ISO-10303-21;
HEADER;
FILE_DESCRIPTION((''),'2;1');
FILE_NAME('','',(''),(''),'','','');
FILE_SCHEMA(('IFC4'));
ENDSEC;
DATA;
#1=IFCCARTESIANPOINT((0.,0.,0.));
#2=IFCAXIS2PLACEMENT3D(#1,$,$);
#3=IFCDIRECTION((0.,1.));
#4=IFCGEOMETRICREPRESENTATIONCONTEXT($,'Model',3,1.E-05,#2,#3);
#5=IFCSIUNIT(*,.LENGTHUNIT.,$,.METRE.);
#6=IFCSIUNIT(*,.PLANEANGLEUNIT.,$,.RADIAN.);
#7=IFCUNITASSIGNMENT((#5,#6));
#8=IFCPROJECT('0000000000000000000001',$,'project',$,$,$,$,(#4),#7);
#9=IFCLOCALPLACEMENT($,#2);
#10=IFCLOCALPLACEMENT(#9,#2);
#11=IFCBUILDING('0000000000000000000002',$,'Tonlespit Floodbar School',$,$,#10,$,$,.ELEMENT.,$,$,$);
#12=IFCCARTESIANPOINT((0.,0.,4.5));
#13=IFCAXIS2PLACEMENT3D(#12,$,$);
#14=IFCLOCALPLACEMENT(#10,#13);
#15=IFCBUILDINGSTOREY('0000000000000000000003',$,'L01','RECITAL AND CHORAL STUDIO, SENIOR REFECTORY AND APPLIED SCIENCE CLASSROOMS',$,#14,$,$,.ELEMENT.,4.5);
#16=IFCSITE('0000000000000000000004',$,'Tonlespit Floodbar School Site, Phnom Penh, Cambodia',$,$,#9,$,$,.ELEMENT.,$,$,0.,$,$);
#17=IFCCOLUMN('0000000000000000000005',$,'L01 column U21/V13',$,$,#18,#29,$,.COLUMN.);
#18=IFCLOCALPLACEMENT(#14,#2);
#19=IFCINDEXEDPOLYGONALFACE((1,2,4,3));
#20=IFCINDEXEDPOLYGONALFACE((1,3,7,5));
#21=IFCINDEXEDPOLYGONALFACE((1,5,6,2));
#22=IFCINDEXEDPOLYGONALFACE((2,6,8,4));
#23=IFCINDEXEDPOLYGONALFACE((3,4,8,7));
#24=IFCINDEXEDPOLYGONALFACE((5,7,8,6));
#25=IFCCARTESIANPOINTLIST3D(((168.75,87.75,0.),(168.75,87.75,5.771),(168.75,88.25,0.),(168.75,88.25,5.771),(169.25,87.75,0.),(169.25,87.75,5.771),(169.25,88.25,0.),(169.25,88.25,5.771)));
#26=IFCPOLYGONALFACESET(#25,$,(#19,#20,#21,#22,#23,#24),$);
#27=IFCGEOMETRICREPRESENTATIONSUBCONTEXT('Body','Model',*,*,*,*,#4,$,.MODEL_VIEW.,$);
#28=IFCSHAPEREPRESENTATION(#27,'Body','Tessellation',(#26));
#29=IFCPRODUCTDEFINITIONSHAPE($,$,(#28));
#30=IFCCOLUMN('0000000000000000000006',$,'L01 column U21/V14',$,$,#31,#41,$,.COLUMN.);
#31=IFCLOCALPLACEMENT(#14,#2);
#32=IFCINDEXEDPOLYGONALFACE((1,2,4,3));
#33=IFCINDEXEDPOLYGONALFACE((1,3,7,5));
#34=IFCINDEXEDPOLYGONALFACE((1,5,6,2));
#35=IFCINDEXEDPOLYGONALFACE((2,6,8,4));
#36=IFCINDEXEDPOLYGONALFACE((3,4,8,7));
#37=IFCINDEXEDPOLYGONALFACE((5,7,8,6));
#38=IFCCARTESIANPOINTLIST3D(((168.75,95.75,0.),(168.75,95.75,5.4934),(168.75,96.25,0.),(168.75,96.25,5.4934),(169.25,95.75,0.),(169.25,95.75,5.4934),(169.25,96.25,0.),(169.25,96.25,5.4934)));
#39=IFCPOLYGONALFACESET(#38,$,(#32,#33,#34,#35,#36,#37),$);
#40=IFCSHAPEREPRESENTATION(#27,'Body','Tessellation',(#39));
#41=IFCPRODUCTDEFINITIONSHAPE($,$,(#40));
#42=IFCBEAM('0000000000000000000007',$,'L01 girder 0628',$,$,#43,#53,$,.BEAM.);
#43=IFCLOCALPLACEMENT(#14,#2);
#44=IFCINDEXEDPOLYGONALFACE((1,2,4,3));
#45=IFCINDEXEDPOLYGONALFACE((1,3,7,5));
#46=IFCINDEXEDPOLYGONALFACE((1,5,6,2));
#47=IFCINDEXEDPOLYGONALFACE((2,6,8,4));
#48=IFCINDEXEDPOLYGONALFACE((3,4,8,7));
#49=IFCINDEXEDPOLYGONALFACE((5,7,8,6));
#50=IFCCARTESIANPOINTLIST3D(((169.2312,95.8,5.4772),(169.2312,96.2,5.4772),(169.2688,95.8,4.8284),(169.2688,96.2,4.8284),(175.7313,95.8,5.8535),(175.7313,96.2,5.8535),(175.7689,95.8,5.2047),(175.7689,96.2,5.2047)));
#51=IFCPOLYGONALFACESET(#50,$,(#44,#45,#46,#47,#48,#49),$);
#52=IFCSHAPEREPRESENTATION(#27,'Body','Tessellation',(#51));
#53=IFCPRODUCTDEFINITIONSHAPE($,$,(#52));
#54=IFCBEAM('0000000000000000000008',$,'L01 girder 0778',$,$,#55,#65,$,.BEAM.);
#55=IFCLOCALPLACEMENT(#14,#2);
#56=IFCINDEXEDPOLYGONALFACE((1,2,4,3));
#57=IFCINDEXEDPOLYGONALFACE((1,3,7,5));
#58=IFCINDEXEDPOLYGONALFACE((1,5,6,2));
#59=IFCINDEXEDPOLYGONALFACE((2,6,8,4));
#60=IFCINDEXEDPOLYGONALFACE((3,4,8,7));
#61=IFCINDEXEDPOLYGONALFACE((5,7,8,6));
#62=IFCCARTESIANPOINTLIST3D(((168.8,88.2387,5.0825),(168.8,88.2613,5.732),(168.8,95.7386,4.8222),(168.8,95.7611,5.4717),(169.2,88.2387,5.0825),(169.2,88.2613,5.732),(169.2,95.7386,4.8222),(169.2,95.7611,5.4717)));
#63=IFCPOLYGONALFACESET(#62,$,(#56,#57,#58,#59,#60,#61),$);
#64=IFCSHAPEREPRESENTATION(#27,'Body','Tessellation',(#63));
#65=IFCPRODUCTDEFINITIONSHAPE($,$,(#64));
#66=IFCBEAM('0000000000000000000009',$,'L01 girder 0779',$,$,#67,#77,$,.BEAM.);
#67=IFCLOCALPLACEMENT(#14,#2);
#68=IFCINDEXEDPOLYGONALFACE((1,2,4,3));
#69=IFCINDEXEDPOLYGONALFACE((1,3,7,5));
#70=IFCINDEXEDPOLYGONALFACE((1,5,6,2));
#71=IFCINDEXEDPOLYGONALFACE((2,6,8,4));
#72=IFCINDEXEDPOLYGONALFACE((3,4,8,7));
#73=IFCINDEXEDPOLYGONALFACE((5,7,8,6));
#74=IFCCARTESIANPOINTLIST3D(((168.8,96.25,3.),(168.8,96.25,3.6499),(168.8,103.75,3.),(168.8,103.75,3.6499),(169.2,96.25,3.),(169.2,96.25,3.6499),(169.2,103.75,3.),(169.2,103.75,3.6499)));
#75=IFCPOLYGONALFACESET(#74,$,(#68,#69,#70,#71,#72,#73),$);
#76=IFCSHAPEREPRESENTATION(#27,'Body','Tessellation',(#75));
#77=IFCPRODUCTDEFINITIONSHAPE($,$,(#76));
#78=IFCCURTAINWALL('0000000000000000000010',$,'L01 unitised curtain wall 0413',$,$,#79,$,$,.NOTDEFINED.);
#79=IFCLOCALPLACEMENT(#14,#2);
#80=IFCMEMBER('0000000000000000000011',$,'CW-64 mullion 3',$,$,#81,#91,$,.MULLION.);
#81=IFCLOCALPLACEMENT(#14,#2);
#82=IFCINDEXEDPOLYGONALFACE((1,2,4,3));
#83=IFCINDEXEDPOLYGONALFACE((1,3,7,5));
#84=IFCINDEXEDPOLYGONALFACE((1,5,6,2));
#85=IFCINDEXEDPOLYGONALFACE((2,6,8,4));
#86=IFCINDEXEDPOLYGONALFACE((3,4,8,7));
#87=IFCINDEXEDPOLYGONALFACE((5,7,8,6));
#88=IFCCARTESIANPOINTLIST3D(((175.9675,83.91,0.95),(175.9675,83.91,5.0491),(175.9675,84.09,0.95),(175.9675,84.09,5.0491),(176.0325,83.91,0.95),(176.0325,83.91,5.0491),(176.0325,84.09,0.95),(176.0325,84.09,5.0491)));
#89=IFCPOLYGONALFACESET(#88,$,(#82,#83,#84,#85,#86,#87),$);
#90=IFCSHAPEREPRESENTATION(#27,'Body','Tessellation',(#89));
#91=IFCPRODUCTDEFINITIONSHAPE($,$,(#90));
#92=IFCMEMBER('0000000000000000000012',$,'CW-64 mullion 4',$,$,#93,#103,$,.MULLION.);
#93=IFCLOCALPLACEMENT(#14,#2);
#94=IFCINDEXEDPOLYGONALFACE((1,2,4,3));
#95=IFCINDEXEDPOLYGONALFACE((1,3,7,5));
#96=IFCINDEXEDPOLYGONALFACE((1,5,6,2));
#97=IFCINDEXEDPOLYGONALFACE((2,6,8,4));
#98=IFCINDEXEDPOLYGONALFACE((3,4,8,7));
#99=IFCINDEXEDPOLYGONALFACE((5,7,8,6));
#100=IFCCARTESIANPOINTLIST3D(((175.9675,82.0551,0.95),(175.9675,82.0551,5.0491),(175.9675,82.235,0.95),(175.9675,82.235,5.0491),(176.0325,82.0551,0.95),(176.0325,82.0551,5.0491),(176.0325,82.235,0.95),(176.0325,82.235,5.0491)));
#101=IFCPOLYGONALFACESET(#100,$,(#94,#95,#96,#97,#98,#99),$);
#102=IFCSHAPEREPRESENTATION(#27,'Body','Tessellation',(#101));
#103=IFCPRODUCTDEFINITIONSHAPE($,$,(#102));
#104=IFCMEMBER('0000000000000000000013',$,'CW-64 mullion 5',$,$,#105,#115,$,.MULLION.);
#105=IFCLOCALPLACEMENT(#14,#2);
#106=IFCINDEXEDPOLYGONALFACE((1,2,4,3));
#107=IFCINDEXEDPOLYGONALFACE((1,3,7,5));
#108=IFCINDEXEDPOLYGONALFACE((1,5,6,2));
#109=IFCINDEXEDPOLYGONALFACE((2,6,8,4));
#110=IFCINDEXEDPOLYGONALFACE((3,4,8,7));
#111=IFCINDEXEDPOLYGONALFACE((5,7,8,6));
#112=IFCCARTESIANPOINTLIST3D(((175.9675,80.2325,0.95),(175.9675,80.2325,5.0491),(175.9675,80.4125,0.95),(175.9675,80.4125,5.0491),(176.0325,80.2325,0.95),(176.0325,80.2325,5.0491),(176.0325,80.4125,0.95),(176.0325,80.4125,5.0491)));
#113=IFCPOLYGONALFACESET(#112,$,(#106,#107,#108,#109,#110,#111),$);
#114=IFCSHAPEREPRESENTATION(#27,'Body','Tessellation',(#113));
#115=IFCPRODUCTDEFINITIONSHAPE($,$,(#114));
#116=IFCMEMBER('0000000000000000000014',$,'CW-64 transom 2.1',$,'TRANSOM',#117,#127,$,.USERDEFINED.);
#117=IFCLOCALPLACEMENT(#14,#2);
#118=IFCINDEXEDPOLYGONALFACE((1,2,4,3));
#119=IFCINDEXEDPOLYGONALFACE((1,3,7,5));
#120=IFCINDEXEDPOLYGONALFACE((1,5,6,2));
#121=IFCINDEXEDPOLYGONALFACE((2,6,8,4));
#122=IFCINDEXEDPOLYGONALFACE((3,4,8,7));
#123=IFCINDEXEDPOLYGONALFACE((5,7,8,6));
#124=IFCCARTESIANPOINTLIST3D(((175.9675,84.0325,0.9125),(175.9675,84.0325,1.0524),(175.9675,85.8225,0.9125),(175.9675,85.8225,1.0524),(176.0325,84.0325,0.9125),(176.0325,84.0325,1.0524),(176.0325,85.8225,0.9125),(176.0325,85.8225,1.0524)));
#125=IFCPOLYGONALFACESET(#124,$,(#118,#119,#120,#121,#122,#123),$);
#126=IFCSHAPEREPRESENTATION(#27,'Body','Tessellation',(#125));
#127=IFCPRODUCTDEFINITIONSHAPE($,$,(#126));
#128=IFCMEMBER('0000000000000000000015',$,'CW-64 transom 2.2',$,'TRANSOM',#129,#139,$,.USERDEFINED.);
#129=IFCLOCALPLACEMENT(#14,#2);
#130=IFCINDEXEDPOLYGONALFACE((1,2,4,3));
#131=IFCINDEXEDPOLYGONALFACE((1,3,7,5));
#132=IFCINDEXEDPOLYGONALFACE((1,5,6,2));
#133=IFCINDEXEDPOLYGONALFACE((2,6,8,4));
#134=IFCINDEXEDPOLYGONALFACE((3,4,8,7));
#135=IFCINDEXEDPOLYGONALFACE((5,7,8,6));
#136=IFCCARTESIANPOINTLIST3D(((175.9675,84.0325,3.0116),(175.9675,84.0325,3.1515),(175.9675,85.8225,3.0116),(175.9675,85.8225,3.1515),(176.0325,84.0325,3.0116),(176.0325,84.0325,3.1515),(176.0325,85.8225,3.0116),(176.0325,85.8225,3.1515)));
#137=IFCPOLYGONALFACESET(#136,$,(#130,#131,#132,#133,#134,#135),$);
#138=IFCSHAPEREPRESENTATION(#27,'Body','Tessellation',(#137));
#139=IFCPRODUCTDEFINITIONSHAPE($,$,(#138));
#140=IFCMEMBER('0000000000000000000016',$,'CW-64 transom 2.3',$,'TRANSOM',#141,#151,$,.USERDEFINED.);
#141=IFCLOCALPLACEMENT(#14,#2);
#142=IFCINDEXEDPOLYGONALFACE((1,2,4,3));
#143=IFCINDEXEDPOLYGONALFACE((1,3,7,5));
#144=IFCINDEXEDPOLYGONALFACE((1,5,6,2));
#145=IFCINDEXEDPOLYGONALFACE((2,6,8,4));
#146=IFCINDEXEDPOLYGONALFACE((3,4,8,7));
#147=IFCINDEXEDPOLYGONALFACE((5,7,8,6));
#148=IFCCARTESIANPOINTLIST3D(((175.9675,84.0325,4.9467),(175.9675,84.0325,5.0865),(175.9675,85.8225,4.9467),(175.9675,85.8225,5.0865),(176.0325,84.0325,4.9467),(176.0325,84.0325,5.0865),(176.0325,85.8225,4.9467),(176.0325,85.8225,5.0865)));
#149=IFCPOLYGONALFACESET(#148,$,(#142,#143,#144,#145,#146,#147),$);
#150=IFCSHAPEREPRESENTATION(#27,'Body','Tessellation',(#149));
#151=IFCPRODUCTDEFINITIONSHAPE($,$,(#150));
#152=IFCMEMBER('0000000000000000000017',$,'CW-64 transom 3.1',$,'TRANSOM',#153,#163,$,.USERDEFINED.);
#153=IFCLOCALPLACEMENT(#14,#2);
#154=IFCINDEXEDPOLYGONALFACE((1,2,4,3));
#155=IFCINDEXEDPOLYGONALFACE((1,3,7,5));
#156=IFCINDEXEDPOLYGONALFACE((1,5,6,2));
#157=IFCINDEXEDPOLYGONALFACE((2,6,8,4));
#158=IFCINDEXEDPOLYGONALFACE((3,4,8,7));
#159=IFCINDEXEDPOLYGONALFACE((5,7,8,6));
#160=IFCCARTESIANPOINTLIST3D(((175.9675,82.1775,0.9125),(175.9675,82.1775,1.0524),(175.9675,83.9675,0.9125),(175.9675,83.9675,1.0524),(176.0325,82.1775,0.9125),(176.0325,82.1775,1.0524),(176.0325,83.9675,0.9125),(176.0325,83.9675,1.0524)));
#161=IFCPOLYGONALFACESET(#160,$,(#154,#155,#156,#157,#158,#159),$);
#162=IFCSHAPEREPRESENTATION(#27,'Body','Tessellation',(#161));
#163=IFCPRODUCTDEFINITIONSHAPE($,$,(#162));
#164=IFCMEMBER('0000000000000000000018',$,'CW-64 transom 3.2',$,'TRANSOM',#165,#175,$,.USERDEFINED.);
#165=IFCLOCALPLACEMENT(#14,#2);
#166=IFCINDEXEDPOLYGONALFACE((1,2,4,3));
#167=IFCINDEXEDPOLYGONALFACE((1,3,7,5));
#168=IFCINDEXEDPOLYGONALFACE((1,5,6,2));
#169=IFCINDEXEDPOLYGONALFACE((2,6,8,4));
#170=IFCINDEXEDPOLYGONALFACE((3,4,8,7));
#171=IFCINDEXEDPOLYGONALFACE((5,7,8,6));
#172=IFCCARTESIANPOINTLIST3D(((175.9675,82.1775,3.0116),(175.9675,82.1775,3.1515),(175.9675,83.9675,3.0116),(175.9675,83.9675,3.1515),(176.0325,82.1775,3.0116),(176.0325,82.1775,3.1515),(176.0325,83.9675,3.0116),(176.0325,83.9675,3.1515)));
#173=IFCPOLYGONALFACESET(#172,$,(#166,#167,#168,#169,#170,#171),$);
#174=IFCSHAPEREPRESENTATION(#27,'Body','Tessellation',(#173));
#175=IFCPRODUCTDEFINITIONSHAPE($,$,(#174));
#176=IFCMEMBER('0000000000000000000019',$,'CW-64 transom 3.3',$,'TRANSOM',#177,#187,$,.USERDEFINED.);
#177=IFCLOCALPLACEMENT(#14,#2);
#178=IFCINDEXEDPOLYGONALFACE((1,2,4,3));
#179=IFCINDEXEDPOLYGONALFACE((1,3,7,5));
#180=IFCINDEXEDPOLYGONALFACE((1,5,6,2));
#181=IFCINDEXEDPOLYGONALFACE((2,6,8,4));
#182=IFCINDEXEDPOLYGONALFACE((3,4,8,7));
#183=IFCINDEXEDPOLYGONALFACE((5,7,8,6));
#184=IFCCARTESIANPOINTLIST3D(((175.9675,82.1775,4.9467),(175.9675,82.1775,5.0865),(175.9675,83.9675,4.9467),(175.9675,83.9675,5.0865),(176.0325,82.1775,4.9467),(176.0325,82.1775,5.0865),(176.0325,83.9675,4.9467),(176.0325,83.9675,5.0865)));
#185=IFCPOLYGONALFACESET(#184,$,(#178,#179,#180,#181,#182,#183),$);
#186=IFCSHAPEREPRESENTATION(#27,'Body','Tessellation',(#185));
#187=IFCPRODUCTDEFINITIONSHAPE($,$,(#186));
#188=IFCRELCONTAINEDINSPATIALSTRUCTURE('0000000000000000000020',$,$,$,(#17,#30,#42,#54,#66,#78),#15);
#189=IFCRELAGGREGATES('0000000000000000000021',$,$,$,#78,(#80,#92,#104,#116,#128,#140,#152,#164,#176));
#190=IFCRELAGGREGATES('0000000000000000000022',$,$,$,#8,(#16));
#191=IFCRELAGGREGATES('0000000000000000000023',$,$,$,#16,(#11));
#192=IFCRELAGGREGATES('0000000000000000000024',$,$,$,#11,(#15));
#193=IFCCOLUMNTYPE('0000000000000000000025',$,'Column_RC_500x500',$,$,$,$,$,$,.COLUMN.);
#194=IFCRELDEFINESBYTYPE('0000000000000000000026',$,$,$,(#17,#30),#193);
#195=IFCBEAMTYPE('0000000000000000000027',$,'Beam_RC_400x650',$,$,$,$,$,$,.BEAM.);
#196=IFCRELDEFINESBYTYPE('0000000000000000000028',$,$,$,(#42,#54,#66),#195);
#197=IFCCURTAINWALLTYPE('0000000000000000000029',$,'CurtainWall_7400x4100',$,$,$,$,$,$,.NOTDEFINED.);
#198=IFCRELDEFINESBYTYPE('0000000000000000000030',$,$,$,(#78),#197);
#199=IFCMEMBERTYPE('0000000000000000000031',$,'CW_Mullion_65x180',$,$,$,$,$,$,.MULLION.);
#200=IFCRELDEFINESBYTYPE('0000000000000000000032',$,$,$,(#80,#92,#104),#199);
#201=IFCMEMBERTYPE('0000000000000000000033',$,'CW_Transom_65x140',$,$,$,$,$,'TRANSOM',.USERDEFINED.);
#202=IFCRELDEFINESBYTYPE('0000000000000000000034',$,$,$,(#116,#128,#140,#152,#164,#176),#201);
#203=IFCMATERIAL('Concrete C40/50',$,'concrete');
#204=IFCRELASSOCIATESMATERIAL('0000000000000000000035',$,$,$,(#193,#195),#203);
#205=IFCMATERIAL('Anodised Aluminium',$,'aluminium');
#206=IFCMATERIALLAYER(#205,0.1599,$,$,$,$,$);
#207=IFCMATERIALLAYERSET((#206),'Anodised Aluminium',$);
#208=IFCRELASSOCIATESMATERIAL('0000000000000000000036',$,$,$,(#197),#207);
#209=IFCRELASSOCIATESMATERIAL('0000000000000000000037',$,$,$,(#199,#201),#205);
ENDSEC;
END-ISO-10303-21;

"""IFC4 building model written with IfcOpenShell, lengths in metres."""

from ifc_helpers import new_model, si_unit, direction, frame, origin, origin_2d, place, context, subcontext, project, spatial, rectangle, extrude, material, layer, layer_set, material_profile, profile_set, type_object, element, aggregate, save


model = new_model("IFC4")

# Units and contexts
model_context = context("Model", 3, precision=1e-05, world=origin(), true_north=direction((0.0, 1.0)))
body_context = subcontext(model_context, "Body", "Model", "MODEL_VIEW")
ifc_project = project(units=[si_unit("LENGTHUNIT", "METRE"), si_unit("PLANEANGLEUNIT", "RADIAN")], contexts=[model_context])

# Site, building, storey
site_placement = place(None, origin())
site = spatial("IfcSite", under=ifc_project, at=site_placement, Name="Tonlespit Floodbar School Site, Phnom Penh, Cambodia", CompositionType="ELEMENT", RefElevation=0.0)
building_placement = place(site_placement, origin())
building = spatial("IfcBuilding", under=site, at=building_placement, Name="Tonlespit Floodbar School", CompositionType="ELEMENT")
storey_placement = place(building_placement, frame((0.0, 0.0, 4.5)))
storey = spatial("IfcBuildingStorey", under=building, at=storey_placement, Name="L01", Description="RECITAL AND CHORAL STUDIO, SENIOR REFECTORY AND APPLIED SCIENCE CLASSROOMS", CompositionType="ELEMENT", Elevation=4.5)

# Columns
ifc_material_1 = material(Name="Concrete C40/50", Category="concrete")
ifc_material_profile_1 = material_profile(ifc_material_1, rectangle(XDim=0.5, YDim=0.5, at=origin_2d()), Name="RC 500x500")
ifc_profile_set_1 = profile_set([ifc_material_profile_1], Name="Concrete C40/50")
column_type = type_object("IfcColumnType", Name="Column_RC_500x500", PredefinedType="COLUMN", material=ifc_profile_set_1)
column_1_placement = place(storey_placement, frame((169.0, 88.0, 0.0), z_axis=(0.0, 0.0, 1.0), x_axis=(1.0, 0.0, 0.0)))
element("IfcColumn", 1, at=column_1_placement, inside=storey, type_object=column_type, Name="L01 column U21/V13", PredefinedType="COLUMN", context=body_context, shape_type="SweptSolid", body=[
    extrude(rectangle(XDim=0.5, YDim=0.5, at=origin_2d()), origin(), (0.0, 0.0, 1.0), 5.771),
])
column_2_placement = place(storey_placement, frame((169.0, 96.0, 0.0), z_axis=(0.0, 0.0, 1.0), x_axis=(1.0, 0.0, 0.0)))
element("IfcColumn", 2, at=column_2_placement, inside=storey, type_object=column_type, Name="L01 column U21/V14", PredefinedType="COLUMN", context=body_context, shape_type="SweptSolid", body=[
    extrude(rectangle(XDim=0.5, YDim=0.5, at=origin_2d()), origin(), (0.0, 0.0, 1.0), 5.4934),
])

# Beams
ifc_material_profile_2 = material_profile(ifc_material_1, rectangle(XDim=0.3999, YDim=0.6499, at=origin_2d()), Name="RC 400x650")
ifc_profile_set_2 = profile_set([ifc_material_profile_2], Name="Concrete C40/50")
beam_type_1 = type_object("IfcBeamType", Name="Beam_RC_400x650", PredefinedType="BEAM", material=ifc_profile_set_2)
beam_1_placement = place(storey_placement, frame((169.25, 96.0, 5.1528), z_axis=(0.998329, 0.0, 0.057783), x_axis=(0.0, 1.0, 0.0)))
element("IfcBeam", 3, at=beam_1_placement, inside=storey, type_object=beam_type_1, Name="L01 girder 0628", PredefinedType="BEAM", context=body_context, shape_type="SweptSolid", body=[
    extrude(rectangle(XDim=0.3999, YDim=0.6499, at=origin_2d()), origin(), (0.0, 0.0, 1.0), 6.511),
])
beam_2_placement = place(storey_placement, frame((169.0, 88.25, 5.4072), z_axis=(0.0, 0.999398, -0.03468), x_axis=(-1.0, 0.0, 0.0)))
element("IfcBeam", 4, at=beam_2_placement, inside=storey, type_object=beam_type_1, Name="L01 girder 0778", PredefinedType="BEAM", context=body_context, shape_type="SweptSolid", body=[
    extrude(rectangle(XDim=0.3999, YDim=0.6499, at=origin_2d()), origin(), (0.0, 0.0, 1.0), 7.5044),
])
beam_3_placement = place(storey_placement, frame((169.0, 96.25, 3.325), z_axis=(0.0, 1.0, 0.0), x_axis=(-1.0, 0.0, 0.0)))
element("IfcBeam", 5, at=beam_3_placement, inside=storey, type_object=beam_type_1, Name="L01 girder 0779", PredefinedType="BEAM", context=body_context, shape_type="SweptSolid", body=[
    extrude(rectangle(XDim=0.3999, YDim=0.6499, at=origin_2d()), origin(), (0.0, 0.0, 1.0), 7.5),
])

# Curtain wall, members
ifc_material_2 = material(Name="Anodised Aluminium", Category="aluminium")
ifc_layer_1 = layer(ifc_material_2, 0.1599)
ifc_layer_set_1 = layer_set([ifc_layer_1], Name="Anodised Aluminium")
curtain_wall_type = type_object("IfcCurtainWallType", Name="CurtainWall_7400x4100", PredefinedType="NOTDEFINED", material=ifc_layer_set_1)
curtain_wall_placement = place(storey_placement, origin())
curtain_wall = element("IfcCurtainWall", 6, at=curtain_wall_placement, inside=storey, type_object=curtain_wall_type, Name="L01 unitised curtain wall 0413", PredefinedType="NOTDEFINED")
ifc_material_profile_3 = material_profile(ifc_material_2, rectangle(XDim=0.0649, YDim=0.1799, at=origin_2d()), Name="ALU M65x180")
ifc_profile_set_3 = profile_set([ifc_material_profile_3], Name="Anodised Aluminium")
member_type_1 = type_object("IfcMemberType", Name="CW_Mullion_65x180", PredefinedType="MULLION", material=ifc_profile_set_3)
member_1_placement = place(storey_placement, frame((176.0, 84.0, 0.95), z_axis=(0.0, 0.0, 1.0), x_axis=(1.0, 0.0, 0.0)))
member_1 = element("IfcMember", 7, at=member_1_placement, type_object=member_type_1, Name="CW-64 mullion 3", PredefinedType="MULLION", context=body_context, shape_type="SweptSolid", body=[
    extrude(rectangle(XDim=0.0649, YDim=0.1799, at=origin_2d()), origin(), (0.0, 0.0, 1.0), 4.0991),
])
member_2_placement = place(storey_placement, frame((176.0, 82.145, 0.95), z_axis=(0.0, 0.0, 1.0), x_axis=(1.0, 0.0, 0.0)))
member_2 = element("IfcMember", 8, at=member_2_placement, type_object=member_type_1, Name="CW-64 mullion 4", PredefinedType="MULLION", context=body_context, shape_type="SweptSolid", body=[
    extrude(rectangle(XDim=0.0649, YDim=0.1799, at=origin_2d()), origin(), (0.0, 0.0, 1.0), 4.0991),
])
member_3_placement = place(storey_placement, frame((176.0, 80.3225, 0.95), z_axis=(0.0, 0.0, 1.0), x_axis=(1.0, 0.0, 0.0)))
member_3 = element("IfcMember", 9, at=member_3_placement, type_object=member_type_1, Name="CW-64 mullion 5", PredefinedType="MULLION", context=body_context, shape_type="SweptSolid", body=[
    extrude(rectangle(XDim=0.0649, YDim=0.1799, at=origin_2d()), origin(), (0.0, 0.0, 1.0), 4.0991),
])
ifc_material_profile_4 = material_profile(ifc_material_2, rectangle(XDim=0.0649, YDim=0.1399, at=origin_2d()), Name="ALU T65x140")
ifc_profile_set_4 = profile_set([ifc_material_profile_4], Name="Anodised Aluminium")
member_type_2 = type_object("IfcMemberType", Name="CW_Transom_65x140", ElementType="TRANSOM", PredefinedType="USERDEFINED", material=ifc_profile_set_4)
member_4_placement = place(storey_placement, frame((176.0, 85.8225, 0.9824), z_axis=(0.0, -1.0, 0.0), x_axis=(1.0, 0.0, 0.0)))
member_4 = element("IfcMember", 10, at=member_4_placement, type_object=member_type_2, Name="CW-64 transom 2.1", ObjectType="TRANSOM", PredefinedType="USERDEFINED", context=body_context, shape_type="SweptSolid", body=[
    extrude(rectangle(XDim=0.0649, YDim=0.1399, at=origin_2d()), origin(), (0.0, 0.0, 1.0), 1.79),
])
member_5_placement = place(storey_placement, frame((176.0, 85.8225, 3.0815), z_axis=(0.0, -1.0, 0.0), x_axis=(1.0, 0.0, 0.0)))
member_5 = element("IfcMember", 11, at=member_5_placement, type_object=member_type_2, Name="CW-64 transom 2.2", ObjectType="TRANSOM", PredefinedType="USERDEFINED", context=body_context, shape_type="SweptSolid", body=[
    extrude(rectangle(XDim=0.0649, YDim=0.1399, at=origin_2d()), origin(), (0.0, 0.0, 1.0), 1.79),
])
member_6_placement = place(storey_placement, frame((176.0, 85.8225, 5.0166), z_axis=(0.0, -1.0, 0.0), x_axis=(1.0, 0.0, 0.0)))
member_6 = element("IfcMember", 12, at=member_6_placement, type_object=member_type_2, Name="CW-64 transom 2.3", ObjectType="TRANSOM", PredefinedType="USERDEFINED", context=body_context, shape_type="SweptSolid", body=[
    extrude(rectangle(XDim=0.0649, YDim=0.1399, at=origin_2d()), origin(), (0.0, 0.0, 1.0), 1.79),
])
member_7_placement = place(storey_placement, frame((176.0, 83.9675, 0.9824), z_axis=(0.0, -1.0, 0.0), x_axis=(1.0, 0.0, 0.0)))
member_7 = element("IfcMember", 13, at=member_7_placement, type_object=member_type_2, Name="CW-64 transom 3.1", ObjectType="TRANSOM", PredefinedType="USERDEFINED", context=body_context, shape_type="SweptSolid", body=[
    extrude(rectangle(XDim=0.0649, YDim=0.1399, at=origin_2d()), origin(), (0.0, 0.0, 1.0), 1.79),
])
member_8_placement = place(storey_placement, frame((176.0, 83.9675, 3.0815), z_axis=(0.0, -1.0, 0.0), x_axis=(1.0, 0.0, 0.0)))
member_8 = element("IfcMember", 14, at=member_8_placement, type_object=member_type_2, Name="CW-64 transom 3.2", ObjectType="TRANSOM", PredefinedType="USERDEFINED", context=body_context, shape_type="SweptSolid", body=[
    extrude(rectangle(XDim=0.0649, YDim=0.1399, at=origin_2d()), origin(), (0.0, 0.0, 1.0), 1.79),
])
member_9_placement = place(storey_placement, frame((176.0, 83.9675, 5.0166), z_axis=(0.0, -1.0, 0.0), x_axis=(1.0, 0.0, 0.0)))
member_9 = element("IfcMember", 15, at=member_9_placement, type_object=member_type_2, Name="CW-64 transom 3.3", ObjectType="TRANSOM", PredefinedType="USERDEFINED", context=body_context, shape_type="SweptSolid", body=[
    extrude(rectangle(XDim=0.0649, YDim=0.1399, at=origin_2d()), origin(), (0.0, 0.0, 1.0), 1.79),
])

aggregate(curtain_wall, [member_1, member_2, member_3, member_4, member_5, member_6, member_7, member_8, member_9])

save(model, "model.ifc")
